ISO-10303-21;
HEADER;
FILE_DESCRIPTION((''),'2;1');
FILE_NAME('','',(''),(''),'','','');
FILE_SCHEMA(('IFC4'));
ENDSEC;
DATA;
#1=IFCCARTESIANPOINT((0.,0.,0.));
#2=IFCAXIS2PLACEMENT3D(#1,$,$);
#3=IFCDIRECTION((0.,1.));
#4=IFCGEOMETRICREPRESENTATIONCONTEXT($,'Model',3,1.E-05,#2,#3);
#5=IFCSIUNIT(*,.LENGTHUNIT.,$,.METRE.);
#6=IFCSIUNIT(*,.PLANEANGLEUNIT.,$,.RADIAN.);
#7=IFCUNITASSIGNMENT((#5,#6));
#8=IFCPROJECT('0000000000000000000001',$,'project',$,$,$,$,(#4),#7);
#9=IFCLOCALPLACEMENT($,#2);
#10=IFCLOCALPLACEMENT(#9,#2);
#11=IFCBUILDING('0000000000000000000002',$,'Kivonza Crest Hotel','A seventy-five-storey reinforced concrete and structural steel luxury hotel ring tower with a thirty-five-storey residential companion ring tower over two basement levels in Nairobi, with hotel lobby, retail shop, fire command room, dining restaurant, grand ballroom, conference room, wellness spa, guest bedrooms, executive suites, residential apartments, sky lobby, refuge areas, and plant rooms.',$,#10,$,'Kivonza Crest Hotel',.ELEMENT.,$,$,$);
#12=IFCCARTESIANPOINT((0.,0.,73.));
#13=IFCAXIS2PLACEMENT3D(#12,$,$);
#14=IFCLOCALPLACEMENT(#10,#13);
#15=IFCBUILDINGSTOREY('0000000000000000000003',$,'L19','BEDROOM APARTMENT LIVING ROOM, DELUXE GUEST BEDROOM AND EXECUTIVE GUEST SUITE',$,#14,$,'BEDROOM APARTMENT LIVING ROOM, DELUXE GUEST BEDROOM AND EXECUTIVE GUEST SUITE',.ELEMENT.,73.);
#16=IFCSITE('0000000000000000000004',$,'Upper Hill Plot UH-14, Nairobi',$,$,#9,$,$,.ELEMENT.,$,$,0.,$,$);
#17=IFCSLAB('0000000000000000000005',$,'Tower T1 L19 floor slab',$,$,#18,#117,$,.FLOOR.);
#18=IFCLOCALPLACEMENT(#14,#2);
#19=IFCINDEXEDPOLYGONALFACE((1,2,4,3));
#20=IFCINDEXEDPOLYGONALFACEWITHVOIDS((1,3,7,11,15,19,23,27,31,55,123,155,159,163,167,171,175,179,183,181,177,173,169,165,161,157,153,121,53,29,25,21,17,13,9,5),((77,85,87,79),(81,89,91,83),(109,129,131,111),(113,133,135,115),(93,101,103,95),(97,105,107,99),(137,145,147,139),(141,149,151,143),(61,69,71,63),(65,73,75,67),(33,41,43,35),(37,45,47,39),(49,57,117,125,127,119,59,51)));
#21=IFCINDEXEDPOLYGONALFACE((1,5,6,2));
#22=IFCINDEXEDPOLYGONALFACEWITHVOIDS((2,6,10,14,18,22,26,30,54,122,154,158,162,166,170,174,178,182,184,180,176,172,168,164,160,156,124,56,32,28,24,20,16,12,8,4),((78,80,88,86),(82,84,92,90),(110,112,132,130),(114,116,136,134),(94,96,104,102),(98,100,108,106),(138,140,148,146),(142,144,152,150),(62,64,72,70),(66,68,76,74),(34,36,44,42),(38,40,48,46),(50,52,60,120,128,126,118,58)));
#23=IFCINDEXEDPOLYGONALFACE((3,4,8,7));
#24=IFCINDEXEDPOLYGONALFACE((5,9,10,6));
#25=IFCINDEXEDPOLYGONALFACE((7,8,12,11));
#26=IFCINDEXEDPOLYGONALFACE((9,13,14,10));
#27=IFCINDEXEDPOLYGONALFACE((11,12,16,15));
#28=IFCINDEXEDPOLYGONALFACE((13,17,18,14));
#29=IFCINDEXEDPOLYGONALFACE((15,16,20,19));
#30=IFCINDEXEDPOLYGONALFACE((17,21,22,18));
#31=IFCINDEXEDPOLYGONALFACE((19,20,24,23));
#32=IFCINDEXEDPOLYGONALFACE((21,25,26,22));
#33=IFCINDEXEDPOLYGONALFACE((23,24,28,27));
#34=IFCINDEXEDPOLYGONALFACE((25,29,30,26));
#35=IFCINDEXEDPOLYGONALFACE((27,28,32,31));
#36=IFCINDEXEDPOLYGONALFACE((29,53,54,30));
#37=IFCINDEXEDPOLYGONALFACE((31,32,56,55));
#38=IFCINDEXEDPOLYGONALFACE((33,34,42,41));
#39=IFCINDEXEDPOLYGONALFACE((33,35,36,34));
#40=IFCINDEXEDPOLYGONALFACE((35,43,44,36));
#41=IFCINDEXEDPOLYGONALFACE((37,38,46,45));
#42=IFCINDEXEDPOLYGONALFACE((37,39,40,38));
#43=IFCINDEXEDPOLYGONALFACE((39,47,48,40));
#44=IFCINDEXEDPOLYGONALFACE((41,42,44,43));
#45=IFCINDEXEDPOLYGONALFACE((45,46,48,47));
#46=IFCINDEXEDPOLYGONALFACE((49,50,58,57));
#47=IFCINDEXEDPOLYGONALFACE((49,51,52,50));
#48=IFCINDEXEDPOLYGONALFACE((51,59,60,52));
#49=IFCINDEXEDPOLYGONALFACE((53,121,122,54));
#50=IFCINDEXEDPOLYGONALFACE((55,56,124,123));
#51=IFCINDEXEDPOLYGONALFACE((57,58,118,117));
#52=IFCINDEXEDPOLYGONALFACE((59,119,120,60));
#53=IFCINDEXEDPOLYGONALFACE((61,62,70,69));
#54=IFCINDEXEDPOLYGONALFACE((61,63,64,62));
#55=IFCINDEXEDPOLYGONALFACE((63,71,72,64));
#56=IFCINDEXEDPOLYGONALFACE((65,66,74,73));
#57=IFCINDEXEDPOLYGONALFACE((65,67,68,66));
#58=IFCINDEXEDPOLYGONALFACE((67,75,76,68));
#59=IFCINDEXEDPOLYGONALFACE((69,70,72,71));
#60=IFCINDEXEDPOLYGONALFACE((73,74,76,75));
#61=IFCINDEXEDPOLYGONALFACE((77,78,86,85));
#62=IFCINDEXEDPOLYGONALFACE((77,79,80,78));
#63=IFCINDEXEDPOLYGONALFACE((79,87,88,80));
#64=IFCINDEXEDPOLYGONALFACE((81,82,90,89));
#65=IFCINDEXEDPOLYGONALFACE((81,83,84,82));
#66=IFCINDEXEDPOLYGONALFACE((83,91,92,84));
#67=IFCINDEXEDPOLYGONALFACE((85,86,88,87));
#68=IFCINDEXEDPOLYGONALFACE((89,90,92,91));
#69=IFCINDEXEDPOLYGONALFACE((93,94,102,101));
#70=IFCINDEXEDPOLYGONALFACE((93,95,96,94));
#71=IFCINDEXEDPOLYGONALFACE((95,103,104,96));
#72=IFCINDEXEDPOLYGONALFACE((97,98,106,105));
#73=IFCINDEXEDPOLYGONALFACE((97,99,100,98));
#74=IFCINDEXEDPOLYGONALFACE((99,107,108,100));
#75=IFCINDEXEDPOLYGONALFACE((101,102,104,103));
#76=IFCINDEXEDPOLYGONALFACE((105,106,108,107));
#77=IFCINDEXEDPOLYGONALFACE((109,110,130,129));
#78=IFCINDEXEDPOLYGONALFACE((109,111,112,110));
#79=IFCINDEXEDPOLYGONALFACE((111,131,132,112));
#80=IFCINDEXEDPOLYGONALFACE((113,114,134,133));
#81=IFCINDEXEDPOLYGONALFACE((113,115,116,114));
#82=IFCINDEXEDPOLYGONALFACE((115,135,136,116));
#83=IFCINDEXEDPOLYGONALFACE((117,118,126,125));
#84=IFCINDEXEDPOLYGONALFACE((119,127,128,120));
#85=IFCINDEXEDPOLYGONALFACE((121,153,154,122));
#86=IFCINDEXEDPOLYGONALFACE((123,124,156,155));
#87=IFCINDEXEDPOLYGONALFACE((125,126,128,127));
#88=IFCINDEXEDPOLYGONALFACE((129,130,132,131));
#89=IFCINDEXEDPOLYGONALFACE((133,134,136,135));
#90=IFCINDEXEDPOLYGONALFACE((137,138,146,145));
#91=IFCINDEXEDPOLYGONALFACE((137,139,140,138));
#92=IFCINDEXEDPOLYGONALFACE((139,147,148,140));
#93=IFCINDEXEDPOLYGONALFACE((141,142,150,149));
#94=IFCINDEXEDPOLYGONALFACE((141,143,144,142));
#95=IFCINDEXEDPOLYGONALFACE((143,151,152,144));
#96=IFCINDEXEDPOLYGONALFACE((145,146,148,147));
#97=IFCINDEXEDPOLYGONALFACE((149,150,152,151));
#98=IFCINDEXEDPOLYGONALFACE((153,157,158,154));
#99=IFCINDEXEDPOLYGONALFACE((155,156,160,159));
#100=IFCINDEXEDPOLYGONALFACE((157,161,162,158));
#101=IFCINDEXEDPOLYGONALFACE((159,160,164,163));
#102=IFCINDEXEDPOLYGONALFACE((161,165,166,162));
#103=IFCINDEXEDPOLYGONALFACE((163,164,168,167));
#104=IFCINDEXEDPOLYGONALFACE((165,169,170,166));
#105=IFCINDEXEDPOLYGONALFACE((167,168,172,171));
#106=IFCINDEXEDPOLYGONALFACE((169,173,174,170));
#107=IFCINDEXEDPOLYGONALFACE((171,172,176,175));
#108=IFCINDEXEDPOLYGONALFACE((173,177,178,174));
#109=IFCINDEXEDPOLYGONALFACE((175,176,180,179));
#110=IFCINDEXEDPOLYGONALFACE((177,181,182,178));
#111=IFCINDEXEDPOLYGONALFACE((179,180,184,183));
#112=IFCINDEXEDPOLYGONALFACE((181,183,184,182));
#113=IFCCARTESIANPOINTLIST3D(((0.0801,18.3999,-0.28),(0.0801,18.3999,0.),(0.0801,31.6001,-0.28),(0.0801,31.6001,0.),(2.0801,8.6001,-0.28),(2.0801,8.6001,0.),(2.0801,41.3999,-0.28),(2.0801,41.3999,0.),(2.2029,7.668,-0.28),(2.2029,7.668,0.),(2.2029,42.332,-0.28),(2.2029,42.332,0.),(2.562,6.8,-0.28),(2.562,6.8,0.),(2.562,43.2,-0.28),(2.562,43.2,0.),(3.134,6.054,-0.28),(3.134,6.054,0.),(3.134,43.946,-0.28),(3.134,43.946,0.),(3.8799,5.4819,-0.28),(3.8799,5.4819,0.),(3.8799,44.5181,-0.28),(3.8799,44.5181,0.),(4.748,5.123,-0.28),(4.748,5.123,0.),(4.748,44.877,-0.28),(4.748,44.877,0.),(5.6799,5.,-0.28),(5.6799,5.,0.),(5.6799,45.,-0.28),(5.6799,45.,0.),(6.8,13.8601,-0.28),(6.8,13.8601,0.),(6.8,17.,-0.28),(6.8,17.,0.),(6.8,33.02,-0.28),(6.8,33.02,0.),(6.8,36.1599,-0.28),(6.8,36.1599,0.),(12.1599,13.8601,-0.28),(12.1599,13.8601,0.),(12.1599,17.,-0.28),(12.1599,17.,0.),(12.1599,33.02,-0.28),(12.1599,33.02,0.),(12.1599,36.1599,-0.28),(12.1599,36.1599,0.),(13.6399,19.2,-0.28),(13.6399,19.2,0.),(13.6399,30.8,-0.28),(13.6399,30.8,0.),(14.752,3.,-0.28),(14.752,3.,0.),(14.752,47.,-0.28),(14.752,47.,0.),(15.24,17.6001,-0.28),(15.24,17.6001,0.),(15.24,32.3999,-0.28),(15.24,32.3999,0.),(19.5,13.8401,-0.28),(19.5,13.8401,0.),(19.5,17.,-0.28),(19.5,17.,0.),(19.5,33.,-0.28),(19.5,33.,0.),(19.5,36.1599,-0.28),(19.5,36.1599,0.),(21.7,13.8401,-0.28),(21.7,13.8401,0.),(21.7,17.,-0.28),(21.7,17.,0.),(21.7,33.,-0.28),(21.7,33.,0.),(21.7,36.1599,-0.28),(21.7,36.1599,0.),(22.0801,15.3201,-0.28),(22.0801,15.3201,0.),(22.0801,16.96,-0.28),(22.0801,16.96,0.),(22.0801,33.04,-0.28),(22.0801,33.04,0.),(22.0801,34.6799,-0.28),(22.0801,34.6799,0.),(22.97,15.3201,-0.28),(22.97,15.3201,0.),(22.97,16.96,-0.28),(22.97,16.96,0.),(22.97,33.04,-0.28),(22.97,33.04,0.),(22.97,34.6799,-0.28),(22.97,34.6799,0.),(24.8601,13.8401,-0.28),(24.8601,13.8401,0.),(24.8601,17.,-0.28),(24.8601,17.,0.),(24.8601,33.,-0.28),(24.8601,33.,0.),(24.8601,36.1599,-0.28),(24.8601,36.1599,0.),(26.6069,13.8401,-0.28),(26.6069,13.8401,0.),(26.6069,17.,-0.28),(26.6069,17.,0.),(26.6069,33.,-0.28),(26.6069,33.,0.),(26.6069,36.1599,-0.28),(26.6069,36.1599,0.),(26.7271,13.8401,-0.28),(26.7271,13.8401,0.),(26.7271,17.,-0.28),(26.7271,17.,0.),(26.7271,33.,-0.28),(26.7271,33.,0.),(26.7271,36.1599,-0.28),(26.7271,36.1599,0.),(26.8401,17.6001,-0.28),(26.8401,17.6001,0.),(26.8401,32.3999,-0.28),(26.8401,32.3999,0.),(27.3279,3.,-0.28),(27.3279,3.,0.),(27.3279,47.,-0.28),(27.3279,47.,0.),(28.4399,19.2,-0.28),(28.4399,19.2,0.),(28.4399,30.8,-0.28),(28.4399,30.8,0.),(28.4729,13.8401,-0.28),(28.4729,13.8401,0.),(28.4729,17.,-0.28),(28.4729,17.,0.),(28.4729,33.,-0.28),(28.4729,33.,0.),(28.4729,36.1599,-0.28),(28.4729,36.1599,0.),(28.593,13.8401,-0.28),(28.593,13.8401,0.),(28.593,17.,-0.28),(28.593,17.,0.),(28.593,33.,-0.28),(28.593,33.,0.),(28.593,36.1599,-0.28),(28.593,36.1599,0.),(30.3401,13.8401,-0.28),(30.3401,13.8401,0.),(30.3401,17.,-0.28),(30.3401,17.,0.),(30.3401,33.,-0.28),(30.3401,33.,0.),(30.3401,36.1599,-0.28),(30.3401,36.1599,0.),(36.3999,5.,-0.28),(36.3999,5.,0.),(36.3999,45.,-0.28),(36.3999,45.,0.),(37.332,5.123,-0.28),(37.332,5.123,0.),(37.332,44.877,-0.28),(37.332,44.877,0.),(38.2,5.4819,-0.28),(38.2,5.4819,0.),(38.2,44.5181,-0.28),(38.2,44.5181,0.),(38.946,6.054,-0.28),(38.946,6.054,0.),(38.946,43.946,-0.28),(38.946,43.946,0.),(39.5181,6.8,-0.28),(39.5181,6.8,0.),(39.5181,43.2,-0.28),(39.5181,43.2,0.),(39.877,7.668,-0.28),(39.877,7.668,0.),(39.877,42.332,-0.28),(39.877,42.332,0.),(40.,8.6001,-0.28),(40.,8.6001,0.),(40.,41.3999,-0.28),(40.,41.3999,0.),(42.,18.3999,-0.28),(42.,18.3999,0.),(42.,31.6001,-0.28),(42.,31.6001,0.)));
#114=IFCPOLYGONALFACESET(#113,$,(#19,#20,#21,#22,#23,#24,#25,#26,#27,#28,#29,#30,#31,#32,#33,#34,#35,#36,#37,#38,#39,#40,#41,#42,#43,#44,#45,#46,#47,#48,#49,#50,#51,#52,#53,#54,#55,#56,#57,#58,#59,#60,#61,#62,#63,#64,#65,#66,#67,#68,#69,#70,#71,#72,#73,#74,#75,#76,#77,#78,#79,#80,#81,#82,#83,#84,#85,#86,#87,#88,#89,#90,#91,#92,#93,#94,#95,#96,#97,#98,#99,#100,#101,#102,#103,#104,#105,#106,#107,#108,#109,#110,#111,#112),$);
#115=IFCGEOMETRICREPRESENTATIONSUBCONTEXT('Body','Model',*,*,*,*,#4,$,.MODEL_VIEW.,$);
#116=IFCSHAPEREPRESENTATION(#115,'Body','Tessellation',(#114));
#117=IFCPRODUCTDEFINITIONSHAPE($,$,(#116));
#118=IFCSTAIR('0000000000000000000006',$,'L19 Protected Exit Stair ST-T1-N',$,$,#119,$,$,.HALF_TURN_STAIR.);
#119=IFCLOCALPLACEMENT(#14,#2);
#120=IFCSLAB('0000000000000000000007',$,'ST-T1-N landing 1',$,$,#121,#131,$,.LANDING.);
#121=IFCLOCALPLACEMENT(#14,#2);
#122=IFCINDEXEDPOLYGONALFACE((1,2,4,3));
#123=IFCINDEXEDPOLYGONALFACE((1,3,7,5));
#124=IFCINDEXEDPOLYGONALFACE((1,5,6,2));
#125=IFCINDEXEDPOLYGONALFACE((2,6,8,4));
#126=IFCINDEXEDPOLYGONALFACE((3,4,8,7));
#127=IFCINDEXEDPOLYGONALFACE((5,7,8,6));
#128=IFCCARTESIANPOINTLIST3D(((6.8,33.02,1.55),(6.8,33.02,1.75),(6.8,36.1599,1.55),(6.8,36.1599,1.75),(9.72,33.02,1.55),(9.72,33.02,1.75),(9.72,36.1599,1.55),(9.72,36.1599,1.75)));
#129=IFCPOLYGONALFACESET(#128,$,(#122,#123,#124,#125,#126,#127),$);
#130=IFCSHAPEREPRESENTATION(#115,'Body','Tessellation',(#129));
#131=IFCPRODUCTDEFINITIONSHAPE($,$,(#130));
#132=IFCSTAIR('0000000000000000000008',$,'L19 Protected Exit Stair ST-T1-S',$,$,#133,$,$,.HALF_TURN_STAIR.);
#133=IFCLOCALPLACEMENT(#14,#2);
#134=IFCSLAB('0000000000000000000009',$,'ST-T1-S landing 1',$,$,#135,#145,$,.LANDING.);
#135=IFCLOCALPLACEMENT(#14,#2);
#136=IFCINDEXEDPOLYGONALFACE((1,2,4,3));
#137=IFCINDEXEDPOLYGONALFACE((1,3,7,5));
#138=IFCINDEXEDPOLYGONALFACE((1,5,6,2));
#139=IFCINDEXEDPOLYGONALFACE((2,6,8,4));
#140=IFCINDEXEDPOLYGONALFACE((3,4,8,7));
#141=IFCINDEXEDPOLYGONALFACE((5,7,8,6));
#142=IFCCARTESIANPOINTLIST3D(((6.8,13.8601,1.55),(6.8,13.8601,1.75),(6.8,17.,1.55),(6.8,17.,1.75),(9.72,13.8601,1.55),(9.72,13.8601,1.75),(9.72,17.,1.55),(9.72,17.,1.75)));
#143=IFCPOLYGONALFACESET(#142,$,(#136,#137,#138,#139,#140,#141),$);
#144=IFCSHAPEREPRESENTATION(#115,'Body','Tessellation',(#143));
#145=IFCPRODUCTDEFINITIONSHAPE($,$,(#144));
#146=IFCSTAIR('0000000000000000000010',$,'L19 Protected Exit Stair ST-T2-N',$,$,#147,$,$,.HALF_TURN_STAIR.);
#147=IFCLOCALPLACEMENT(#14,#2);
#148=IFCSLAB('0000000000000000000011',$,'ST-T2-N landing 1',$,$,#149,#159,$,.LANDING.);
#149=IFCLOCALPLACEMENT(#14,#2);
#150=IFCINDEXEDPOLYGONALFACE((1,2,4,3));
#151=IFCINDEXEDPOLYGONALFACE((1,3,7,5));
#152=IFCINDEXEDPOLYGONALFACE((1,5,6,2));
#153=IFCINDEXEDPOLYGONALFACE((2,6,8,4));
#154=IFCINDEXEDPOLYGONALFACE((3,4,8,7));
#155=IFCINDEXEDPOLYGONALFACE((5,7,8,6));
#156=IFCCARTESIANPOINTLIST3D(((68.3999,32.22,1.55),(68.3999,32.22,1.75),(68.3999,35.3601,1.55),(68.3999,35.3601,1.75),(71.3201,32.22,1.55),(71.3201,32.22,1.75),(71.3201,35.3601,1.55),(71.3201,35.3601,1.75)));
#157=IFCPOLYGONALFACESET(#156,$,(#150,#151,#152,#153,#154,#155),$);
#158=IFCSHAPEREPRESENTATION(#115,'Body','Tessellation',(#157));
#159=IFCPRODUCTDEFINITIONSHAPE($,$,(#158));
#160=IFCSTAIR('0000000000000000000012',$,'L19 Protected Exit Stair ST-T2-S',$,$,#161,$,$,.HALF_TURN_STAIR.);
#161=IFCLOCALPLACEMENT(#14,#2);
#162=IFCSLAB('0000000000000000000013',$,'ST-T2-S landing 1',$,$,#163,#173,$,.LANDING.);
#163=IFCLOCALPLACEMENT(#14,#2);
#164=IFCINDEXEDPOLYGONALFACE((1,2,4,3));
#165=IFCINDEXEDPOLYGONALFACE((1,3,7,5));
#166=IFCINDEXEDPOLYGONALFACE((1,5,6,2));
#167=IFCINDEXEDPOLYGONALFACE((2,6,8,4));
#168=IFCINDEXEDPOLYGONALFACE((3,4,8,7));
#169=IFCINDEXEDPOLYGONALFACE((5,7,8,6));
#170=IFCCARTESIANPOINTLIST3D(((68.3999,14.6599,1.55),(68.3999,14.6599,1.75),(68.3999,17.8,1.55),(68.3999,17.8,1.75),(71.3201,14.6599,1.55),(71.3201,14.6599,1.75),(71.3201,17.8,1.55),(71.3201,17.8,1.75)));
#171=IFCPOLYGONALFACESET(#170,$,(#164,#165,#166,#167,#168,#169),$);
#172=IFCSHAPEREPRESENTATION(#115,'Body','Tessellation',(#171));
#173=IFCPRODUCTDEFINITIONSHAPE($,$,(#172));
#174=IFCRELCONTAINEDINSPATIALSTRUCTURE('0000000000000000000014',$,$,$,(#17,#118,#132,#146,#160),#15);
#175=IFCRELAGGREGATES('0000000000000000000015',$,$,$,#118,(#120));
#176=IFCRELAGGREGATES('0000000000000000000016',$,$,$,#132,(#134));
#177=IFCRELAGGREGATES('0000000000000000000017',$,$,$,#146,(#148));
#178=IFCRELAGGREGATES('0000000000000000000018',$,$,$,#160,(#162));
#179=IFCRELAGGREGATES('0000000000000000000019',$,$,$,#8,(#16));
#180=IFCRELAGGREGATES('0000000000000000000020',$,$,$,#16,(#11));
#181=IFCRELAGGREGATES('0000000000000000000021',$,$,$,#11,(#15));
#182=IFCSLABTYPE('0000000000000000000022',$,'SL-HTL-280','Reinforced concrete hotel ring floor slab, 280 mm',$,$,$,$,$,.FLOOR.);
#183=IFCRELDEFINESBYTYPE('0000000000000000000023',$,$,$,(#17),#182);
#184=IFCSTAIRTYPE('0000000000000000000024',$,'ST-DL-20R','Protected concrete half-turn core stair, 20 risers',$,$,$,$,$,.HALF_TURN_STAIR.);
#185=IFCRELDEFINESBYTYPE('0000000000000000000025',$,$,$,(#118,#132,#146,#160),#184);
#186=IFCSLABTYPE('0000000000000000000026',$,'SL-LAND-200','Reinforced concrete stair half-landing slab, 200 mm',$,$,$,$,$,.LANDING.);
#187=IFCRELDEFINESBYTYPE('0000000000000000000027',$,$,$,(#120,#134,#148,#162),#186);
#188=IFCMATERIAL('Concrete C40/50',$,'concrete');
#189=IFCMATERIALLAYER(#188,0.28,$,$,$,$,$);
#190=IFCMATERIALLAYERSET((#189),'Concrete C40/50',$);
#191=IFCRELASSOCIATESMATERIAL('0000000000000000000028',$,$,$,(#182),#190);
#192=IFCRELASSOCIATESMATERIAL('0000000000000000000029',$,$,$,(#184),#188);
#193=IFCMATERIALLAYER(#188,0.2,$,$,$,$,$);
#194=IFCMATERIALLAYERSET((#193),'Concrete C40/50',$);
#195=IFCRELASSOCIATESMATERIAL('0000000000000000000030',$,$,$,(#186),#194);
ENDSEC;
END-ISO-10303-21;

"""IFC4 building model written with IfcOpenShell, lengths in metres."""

from ifc_helpers import new_model, si_unit, direction, frame, origin, place, context, subcontext, project, spatial, polyline, outline, extrude, material, layer, layer_set, type_object, element, aggregate, save


model = new_model("IFC4")

# Units and contexts
model_context = context("Model", 3, precision=1e-05, world=origin(), true_north=direction((0.0, 1.0)))
body_context = subcontext(model_context, "Body", "Model", "MODEL_VIEW")
ifc_project = project(units=[si_unit("LENGTHUNIT", "METRE"), si_unit("PLANEANGLEUNIT", "RADIAN")], contexts=[model_context])

# Site, building, storey
site_placement = place(None, origin())
site = spatial("IfcSite", under=ifc_project, at=site_placement, Name="Upper Hill Plot UH-14, Nairobi", CompositionType="ELEMENT", RefElevation=0.0)
building_placement = place(site_placement, origin())
building = spatial("IfcBuilding", under=site, at=building_placement, Name="Kivonza Crest Hotel", Description="A seventy-five-storey reinforced concrete and structural steel luxury hotel ring tower with a thirty-five-storey residential companion ring tower over two basement levels in Nairobi, with hotel lobby, retail shop, fire command room, dining restaurant, grand ballroom, conference room, wellness spa, guest bedrooms, executive suites, residential apartments, sky lobby, refuge areas, and plant rooms.", LongName="Kivonza Crest Hotel", CompositionType="ELEMENT")
storey_placement = place(building_placement, frame((0.0, 0.0, 73.0)))
storey = spatial("IfcBuildingStorey", under=building, at=storey_placement, Name="L19", Description="BEDROOM APARTMENT LIVING ROOM, DELUXE GUEST BEDROOM AND EXECUTIVE GUEST SUITE", LongName="BEDROOM APARTMENT LIVING ROOM, DELUXE GUEST BEDROOM AND EXECUTIVE GUEST SUITE", CompositionType="ELEMENT", Elevation=73.0)

# Slab
ifc_material_1 = material(Name="Concrete C40/50", Category="concrete")
ifc_layer_1 = layer(ifc_material_1, 0.28)
ifc_layer_set_1 = layer_set([ifc_layer_1], Name="Concrete C40/50")
slab_type_1 = type_object("IfcSlabType", Name="SL-HTL-280", Description="Reinforced concrete hotel ring floor slab, 280 mm", PredefinedType="FLOOR", material=ifc_layer_set_1)
slab_1_placement = place(storey_placement, frame((0.0, 0.0, -0.28)))
element("IfcSlab", 1, at=slab_1_placement, inside=storey, type_object=slab_type_1, Name="Tower T1 L19 floor slab", PredefinedType="FLOOR", context=body_context, shape_type="SweptSolid", body=[
    extrude(outline(polyline([(2.0801, 8.6001), (2.2029, 7.668), (2.562, 6.8), (3.134, 6.054), (3.8799, 5.4819), (4.748, 5.123), (5.6799, 5.0), (14.752, 3.0), (27.3279, 3.0), (36.3999, 5.0), (37.332, 5.123), (38.2, 5.4819), (38.946, 6.054), (39.5181, 6.8), (39.877, 7.668), (40.0, 8.6001), (42.0, 18.3999), (42.0, 31.6001), (40.0, 41.3999), (39.877, 42.332), (39.5181, 43.2), (38.946, 43.946), (38.2, 44.5181), (37.332, 44.877), (36.3999, 45.0), (27.3279, 47.0), (14.752, 47.0), (5.6799, 45.0), (4.748, 44.877), (3.8799, 44.5181), (3.134, 43.946), (2.562, 43.2), (2.2029, 42.332), (2.0801, 41.3999), (0.0801, 31.6001), (0.0801, 18.3999), (2.0801, 8.6001)]), holes=[polyline([(15.24, 17.6001), (26.8401, 17.6001), (28.4399, 19.2), (28.4399, 30.8), (26.8401, 32.3999), (15.24, 32.3999), (13.6399, 30.8), (13.6399, 19.2), (15.24, 17.6001)]), polyline([(6.8, 33.02), (12.1599, 33.02), (12.1599, 36.1599), (6.8, 36.1599), (6.8, 33.02)]), polyline([(6.8, 13.8601), (12.1599, 13.8601), (12.1599, 17.0), (6.8, 17.0), (6.8, 13.8601)]), polyline([(22.0801, 33.04), (22.97, 33.04), (22.97, 34.6799), (22.0801, 34.6799), (22.0801, 33.04)]), polyline([(22.0801, 15.3201), (22.97, 15.3201), (22.97, 16.96), (22.0801, 16.96), (22.0801, 15.3201)]), polyline([(19.5, 33.0), (21.7, 33.0), (21.7, 36.1599), (19.5, 36.1599), (19.5, 33.0)]), polyline([(24.8601, 33.0), (26.6069, 33.0), (26.6069, 36.1599), (24.8601, 36.1599), (24.8601, 33.0)]), polyline([(26.7271, 33.0), (28.4729, 33.0), (28.4729, 36.1599), (26.7271, 36.1599), (26.7271, 33.0)]), polyline([(28.593, 33.0), (30.3401, 33.0), (30.3401, 36.1599), (28.593, 36.1599), (28.593, 33.0)]), polyline([(19.5, 13.8401), (21.7, 13.8401), (21.7, 17.0), (19.5, 17.0), (19.5, 13.8401)]), polyline([(24.8601, 13.8401), (26.6069, 13.8401), (26.6069, 17.0), (24.8601, 17.0), (24.8601, 13.8401)]), polyline([(26.7271, 13.8401), (28.4729, 13.8401), (28.4729, 17.0), (26.7271, 17.0), (26.7271, 13.8401)]), polyline([(28.593, 13.8401), (30.3401, 13.8401), (30.3401, 17.0), (28.593, 17.0), (28.593, 13.8401)])]), origin(), (0.0, 0.0, 1.0), 0.28),
])

# Stairs, slabs
stair_type = type_object("IfcStairType", Name="ST-DL-20R", Description="Protected concrete half-turn core stair, 20 risers", PredefinedType="HALF_TURN_STAIR", material=ifc_material_1)
stair_1_placement = place(storey_placement, origin())
stair_1 = element("IfcStair", 2, at=stair_1_placement, inside=storey, type_object=stair_type, Name="L19 Protected Exit Stair ST-T1-N", PredefinedType="HALF_TURN_STAIR")
ifc_layer_2 = layer(ifc_material_1, 0.2)
ifc_layer_set_2 = layer_set([ifc_layer_2], Name="Concrete C40/50")
slab_type_2 = type_object("IfcSlabType", Name="SL-LAND-200", Description="Reinforced concrete stair half-landing slab, 200 mm", PredefinedType="LANDING", material=ifc_layer_set_2)
slab_2_placement = place(storey_placement, frame((0.0, 0.0, 1.55)))
slab_2 = element("IfcSlab", 3, at=slab_2_placement, type_object=slab_type_2, Name="ST-T1-N landing 1", PredefinedType="LANDING", context=body_context, shape_type="SweptSolid", body=[
    extrude(outline(polyline([(9.72, 36.1599), (6.8, 36.1599), (6.8, 33.02), (9.72, 33.02), (9.72, 36.1599)])), origin(), (0.0, 0.0, 1.0), 0.2),
])
aggregate(stair_1, [slab_2])
stair_2_placement = place(storey_placement, origin())
stair_2 = element("IfcStair", 4, at=stair_2_placement, inside=storey, type_object=stair_type, Name="L19 Protected Exit Stair ST-T1-S", PredefinedType="HALF_TURN_STAIR")
slab_3_placement = place(storey_placement, frame((0.0, 0.0, 1.55)))
slab_3 = element("IfcSlab", 5, at=slab_3_placement, type_object=slab_type_2, Name="ST-T1-S landing 1", PredefinedType="LANDING", context=body_context, shape_type="SweptSolid", body=[
    extrude(outline(polyline([(9.72, 17.0), (6.8, 17.0), (6.8, 13.8601), (9.72, 13.8601), (9.72, 17.0)])), origin(), (0.0, 0.0, 1.0), 0.2),
])
aggregate(stair_2, [slab_3])
stair_3_placement = place(storey_placement, origin())
stair_3 = element("IfcStair", 6, at=stair_3_placement, inside=storey, type_object=stair_type, Name="L19 Protected Exit Stair ST-T2-N", PredefinedType="HALF_TURN_STAIR")
slab_4_placement = place(storey_placement, frame((0.0, 0.0, 1.55)))
slab_4 = element("IfcSlab", 7, at=slab_4_placement, type_object=slab_type_2, Name="ST-T2-N landing 1", PredefinedType="LANDING", context=body_context, shape_type="SweptSolid", body=[
    extrude(outline(polyline([(71.3201, 35.3601), (68.3999, 35.3601), (68.3999, 32.22), (71.3201, 32.22), (71.3201, 35.3601)])), origin(), (0.0, 0.0, 1.0), 0.2),
])
aggregate(stair_3, [slab_4])
stair_4_placement = place(storey_placement, origin())
stair_4 = element("IfcStair", 8, at=stair_4_placement, inside=storey, type_object=stair_type, Name="L19 Protected Exit Stair ST-T2-S", PredefinedType="HALF_TURN_STAIR")
slab_5_placement = place(storey_placement, frame((0.0, 0.0, 1.55)))
slab_5 = element("IfcSlab", 9, at=slab_5_placement, type_object=slab_type_2, Name="ST-T2-S landing 1", PredefinedType="LANDING", context=body_context, shape_type="SweptSolid", body=[
    extrude(outline(polyline([(71.3201, 17.8), (68.3999, 17.8), (68.3999, 14.6599), (71.3201, 14.6599), (71.3201, 17.8)])), origin(), (0.0, 0.0, 1.0), 0.2),
])
aggregate(stair_4, [slab_5])

save(model, "model.ifc")
